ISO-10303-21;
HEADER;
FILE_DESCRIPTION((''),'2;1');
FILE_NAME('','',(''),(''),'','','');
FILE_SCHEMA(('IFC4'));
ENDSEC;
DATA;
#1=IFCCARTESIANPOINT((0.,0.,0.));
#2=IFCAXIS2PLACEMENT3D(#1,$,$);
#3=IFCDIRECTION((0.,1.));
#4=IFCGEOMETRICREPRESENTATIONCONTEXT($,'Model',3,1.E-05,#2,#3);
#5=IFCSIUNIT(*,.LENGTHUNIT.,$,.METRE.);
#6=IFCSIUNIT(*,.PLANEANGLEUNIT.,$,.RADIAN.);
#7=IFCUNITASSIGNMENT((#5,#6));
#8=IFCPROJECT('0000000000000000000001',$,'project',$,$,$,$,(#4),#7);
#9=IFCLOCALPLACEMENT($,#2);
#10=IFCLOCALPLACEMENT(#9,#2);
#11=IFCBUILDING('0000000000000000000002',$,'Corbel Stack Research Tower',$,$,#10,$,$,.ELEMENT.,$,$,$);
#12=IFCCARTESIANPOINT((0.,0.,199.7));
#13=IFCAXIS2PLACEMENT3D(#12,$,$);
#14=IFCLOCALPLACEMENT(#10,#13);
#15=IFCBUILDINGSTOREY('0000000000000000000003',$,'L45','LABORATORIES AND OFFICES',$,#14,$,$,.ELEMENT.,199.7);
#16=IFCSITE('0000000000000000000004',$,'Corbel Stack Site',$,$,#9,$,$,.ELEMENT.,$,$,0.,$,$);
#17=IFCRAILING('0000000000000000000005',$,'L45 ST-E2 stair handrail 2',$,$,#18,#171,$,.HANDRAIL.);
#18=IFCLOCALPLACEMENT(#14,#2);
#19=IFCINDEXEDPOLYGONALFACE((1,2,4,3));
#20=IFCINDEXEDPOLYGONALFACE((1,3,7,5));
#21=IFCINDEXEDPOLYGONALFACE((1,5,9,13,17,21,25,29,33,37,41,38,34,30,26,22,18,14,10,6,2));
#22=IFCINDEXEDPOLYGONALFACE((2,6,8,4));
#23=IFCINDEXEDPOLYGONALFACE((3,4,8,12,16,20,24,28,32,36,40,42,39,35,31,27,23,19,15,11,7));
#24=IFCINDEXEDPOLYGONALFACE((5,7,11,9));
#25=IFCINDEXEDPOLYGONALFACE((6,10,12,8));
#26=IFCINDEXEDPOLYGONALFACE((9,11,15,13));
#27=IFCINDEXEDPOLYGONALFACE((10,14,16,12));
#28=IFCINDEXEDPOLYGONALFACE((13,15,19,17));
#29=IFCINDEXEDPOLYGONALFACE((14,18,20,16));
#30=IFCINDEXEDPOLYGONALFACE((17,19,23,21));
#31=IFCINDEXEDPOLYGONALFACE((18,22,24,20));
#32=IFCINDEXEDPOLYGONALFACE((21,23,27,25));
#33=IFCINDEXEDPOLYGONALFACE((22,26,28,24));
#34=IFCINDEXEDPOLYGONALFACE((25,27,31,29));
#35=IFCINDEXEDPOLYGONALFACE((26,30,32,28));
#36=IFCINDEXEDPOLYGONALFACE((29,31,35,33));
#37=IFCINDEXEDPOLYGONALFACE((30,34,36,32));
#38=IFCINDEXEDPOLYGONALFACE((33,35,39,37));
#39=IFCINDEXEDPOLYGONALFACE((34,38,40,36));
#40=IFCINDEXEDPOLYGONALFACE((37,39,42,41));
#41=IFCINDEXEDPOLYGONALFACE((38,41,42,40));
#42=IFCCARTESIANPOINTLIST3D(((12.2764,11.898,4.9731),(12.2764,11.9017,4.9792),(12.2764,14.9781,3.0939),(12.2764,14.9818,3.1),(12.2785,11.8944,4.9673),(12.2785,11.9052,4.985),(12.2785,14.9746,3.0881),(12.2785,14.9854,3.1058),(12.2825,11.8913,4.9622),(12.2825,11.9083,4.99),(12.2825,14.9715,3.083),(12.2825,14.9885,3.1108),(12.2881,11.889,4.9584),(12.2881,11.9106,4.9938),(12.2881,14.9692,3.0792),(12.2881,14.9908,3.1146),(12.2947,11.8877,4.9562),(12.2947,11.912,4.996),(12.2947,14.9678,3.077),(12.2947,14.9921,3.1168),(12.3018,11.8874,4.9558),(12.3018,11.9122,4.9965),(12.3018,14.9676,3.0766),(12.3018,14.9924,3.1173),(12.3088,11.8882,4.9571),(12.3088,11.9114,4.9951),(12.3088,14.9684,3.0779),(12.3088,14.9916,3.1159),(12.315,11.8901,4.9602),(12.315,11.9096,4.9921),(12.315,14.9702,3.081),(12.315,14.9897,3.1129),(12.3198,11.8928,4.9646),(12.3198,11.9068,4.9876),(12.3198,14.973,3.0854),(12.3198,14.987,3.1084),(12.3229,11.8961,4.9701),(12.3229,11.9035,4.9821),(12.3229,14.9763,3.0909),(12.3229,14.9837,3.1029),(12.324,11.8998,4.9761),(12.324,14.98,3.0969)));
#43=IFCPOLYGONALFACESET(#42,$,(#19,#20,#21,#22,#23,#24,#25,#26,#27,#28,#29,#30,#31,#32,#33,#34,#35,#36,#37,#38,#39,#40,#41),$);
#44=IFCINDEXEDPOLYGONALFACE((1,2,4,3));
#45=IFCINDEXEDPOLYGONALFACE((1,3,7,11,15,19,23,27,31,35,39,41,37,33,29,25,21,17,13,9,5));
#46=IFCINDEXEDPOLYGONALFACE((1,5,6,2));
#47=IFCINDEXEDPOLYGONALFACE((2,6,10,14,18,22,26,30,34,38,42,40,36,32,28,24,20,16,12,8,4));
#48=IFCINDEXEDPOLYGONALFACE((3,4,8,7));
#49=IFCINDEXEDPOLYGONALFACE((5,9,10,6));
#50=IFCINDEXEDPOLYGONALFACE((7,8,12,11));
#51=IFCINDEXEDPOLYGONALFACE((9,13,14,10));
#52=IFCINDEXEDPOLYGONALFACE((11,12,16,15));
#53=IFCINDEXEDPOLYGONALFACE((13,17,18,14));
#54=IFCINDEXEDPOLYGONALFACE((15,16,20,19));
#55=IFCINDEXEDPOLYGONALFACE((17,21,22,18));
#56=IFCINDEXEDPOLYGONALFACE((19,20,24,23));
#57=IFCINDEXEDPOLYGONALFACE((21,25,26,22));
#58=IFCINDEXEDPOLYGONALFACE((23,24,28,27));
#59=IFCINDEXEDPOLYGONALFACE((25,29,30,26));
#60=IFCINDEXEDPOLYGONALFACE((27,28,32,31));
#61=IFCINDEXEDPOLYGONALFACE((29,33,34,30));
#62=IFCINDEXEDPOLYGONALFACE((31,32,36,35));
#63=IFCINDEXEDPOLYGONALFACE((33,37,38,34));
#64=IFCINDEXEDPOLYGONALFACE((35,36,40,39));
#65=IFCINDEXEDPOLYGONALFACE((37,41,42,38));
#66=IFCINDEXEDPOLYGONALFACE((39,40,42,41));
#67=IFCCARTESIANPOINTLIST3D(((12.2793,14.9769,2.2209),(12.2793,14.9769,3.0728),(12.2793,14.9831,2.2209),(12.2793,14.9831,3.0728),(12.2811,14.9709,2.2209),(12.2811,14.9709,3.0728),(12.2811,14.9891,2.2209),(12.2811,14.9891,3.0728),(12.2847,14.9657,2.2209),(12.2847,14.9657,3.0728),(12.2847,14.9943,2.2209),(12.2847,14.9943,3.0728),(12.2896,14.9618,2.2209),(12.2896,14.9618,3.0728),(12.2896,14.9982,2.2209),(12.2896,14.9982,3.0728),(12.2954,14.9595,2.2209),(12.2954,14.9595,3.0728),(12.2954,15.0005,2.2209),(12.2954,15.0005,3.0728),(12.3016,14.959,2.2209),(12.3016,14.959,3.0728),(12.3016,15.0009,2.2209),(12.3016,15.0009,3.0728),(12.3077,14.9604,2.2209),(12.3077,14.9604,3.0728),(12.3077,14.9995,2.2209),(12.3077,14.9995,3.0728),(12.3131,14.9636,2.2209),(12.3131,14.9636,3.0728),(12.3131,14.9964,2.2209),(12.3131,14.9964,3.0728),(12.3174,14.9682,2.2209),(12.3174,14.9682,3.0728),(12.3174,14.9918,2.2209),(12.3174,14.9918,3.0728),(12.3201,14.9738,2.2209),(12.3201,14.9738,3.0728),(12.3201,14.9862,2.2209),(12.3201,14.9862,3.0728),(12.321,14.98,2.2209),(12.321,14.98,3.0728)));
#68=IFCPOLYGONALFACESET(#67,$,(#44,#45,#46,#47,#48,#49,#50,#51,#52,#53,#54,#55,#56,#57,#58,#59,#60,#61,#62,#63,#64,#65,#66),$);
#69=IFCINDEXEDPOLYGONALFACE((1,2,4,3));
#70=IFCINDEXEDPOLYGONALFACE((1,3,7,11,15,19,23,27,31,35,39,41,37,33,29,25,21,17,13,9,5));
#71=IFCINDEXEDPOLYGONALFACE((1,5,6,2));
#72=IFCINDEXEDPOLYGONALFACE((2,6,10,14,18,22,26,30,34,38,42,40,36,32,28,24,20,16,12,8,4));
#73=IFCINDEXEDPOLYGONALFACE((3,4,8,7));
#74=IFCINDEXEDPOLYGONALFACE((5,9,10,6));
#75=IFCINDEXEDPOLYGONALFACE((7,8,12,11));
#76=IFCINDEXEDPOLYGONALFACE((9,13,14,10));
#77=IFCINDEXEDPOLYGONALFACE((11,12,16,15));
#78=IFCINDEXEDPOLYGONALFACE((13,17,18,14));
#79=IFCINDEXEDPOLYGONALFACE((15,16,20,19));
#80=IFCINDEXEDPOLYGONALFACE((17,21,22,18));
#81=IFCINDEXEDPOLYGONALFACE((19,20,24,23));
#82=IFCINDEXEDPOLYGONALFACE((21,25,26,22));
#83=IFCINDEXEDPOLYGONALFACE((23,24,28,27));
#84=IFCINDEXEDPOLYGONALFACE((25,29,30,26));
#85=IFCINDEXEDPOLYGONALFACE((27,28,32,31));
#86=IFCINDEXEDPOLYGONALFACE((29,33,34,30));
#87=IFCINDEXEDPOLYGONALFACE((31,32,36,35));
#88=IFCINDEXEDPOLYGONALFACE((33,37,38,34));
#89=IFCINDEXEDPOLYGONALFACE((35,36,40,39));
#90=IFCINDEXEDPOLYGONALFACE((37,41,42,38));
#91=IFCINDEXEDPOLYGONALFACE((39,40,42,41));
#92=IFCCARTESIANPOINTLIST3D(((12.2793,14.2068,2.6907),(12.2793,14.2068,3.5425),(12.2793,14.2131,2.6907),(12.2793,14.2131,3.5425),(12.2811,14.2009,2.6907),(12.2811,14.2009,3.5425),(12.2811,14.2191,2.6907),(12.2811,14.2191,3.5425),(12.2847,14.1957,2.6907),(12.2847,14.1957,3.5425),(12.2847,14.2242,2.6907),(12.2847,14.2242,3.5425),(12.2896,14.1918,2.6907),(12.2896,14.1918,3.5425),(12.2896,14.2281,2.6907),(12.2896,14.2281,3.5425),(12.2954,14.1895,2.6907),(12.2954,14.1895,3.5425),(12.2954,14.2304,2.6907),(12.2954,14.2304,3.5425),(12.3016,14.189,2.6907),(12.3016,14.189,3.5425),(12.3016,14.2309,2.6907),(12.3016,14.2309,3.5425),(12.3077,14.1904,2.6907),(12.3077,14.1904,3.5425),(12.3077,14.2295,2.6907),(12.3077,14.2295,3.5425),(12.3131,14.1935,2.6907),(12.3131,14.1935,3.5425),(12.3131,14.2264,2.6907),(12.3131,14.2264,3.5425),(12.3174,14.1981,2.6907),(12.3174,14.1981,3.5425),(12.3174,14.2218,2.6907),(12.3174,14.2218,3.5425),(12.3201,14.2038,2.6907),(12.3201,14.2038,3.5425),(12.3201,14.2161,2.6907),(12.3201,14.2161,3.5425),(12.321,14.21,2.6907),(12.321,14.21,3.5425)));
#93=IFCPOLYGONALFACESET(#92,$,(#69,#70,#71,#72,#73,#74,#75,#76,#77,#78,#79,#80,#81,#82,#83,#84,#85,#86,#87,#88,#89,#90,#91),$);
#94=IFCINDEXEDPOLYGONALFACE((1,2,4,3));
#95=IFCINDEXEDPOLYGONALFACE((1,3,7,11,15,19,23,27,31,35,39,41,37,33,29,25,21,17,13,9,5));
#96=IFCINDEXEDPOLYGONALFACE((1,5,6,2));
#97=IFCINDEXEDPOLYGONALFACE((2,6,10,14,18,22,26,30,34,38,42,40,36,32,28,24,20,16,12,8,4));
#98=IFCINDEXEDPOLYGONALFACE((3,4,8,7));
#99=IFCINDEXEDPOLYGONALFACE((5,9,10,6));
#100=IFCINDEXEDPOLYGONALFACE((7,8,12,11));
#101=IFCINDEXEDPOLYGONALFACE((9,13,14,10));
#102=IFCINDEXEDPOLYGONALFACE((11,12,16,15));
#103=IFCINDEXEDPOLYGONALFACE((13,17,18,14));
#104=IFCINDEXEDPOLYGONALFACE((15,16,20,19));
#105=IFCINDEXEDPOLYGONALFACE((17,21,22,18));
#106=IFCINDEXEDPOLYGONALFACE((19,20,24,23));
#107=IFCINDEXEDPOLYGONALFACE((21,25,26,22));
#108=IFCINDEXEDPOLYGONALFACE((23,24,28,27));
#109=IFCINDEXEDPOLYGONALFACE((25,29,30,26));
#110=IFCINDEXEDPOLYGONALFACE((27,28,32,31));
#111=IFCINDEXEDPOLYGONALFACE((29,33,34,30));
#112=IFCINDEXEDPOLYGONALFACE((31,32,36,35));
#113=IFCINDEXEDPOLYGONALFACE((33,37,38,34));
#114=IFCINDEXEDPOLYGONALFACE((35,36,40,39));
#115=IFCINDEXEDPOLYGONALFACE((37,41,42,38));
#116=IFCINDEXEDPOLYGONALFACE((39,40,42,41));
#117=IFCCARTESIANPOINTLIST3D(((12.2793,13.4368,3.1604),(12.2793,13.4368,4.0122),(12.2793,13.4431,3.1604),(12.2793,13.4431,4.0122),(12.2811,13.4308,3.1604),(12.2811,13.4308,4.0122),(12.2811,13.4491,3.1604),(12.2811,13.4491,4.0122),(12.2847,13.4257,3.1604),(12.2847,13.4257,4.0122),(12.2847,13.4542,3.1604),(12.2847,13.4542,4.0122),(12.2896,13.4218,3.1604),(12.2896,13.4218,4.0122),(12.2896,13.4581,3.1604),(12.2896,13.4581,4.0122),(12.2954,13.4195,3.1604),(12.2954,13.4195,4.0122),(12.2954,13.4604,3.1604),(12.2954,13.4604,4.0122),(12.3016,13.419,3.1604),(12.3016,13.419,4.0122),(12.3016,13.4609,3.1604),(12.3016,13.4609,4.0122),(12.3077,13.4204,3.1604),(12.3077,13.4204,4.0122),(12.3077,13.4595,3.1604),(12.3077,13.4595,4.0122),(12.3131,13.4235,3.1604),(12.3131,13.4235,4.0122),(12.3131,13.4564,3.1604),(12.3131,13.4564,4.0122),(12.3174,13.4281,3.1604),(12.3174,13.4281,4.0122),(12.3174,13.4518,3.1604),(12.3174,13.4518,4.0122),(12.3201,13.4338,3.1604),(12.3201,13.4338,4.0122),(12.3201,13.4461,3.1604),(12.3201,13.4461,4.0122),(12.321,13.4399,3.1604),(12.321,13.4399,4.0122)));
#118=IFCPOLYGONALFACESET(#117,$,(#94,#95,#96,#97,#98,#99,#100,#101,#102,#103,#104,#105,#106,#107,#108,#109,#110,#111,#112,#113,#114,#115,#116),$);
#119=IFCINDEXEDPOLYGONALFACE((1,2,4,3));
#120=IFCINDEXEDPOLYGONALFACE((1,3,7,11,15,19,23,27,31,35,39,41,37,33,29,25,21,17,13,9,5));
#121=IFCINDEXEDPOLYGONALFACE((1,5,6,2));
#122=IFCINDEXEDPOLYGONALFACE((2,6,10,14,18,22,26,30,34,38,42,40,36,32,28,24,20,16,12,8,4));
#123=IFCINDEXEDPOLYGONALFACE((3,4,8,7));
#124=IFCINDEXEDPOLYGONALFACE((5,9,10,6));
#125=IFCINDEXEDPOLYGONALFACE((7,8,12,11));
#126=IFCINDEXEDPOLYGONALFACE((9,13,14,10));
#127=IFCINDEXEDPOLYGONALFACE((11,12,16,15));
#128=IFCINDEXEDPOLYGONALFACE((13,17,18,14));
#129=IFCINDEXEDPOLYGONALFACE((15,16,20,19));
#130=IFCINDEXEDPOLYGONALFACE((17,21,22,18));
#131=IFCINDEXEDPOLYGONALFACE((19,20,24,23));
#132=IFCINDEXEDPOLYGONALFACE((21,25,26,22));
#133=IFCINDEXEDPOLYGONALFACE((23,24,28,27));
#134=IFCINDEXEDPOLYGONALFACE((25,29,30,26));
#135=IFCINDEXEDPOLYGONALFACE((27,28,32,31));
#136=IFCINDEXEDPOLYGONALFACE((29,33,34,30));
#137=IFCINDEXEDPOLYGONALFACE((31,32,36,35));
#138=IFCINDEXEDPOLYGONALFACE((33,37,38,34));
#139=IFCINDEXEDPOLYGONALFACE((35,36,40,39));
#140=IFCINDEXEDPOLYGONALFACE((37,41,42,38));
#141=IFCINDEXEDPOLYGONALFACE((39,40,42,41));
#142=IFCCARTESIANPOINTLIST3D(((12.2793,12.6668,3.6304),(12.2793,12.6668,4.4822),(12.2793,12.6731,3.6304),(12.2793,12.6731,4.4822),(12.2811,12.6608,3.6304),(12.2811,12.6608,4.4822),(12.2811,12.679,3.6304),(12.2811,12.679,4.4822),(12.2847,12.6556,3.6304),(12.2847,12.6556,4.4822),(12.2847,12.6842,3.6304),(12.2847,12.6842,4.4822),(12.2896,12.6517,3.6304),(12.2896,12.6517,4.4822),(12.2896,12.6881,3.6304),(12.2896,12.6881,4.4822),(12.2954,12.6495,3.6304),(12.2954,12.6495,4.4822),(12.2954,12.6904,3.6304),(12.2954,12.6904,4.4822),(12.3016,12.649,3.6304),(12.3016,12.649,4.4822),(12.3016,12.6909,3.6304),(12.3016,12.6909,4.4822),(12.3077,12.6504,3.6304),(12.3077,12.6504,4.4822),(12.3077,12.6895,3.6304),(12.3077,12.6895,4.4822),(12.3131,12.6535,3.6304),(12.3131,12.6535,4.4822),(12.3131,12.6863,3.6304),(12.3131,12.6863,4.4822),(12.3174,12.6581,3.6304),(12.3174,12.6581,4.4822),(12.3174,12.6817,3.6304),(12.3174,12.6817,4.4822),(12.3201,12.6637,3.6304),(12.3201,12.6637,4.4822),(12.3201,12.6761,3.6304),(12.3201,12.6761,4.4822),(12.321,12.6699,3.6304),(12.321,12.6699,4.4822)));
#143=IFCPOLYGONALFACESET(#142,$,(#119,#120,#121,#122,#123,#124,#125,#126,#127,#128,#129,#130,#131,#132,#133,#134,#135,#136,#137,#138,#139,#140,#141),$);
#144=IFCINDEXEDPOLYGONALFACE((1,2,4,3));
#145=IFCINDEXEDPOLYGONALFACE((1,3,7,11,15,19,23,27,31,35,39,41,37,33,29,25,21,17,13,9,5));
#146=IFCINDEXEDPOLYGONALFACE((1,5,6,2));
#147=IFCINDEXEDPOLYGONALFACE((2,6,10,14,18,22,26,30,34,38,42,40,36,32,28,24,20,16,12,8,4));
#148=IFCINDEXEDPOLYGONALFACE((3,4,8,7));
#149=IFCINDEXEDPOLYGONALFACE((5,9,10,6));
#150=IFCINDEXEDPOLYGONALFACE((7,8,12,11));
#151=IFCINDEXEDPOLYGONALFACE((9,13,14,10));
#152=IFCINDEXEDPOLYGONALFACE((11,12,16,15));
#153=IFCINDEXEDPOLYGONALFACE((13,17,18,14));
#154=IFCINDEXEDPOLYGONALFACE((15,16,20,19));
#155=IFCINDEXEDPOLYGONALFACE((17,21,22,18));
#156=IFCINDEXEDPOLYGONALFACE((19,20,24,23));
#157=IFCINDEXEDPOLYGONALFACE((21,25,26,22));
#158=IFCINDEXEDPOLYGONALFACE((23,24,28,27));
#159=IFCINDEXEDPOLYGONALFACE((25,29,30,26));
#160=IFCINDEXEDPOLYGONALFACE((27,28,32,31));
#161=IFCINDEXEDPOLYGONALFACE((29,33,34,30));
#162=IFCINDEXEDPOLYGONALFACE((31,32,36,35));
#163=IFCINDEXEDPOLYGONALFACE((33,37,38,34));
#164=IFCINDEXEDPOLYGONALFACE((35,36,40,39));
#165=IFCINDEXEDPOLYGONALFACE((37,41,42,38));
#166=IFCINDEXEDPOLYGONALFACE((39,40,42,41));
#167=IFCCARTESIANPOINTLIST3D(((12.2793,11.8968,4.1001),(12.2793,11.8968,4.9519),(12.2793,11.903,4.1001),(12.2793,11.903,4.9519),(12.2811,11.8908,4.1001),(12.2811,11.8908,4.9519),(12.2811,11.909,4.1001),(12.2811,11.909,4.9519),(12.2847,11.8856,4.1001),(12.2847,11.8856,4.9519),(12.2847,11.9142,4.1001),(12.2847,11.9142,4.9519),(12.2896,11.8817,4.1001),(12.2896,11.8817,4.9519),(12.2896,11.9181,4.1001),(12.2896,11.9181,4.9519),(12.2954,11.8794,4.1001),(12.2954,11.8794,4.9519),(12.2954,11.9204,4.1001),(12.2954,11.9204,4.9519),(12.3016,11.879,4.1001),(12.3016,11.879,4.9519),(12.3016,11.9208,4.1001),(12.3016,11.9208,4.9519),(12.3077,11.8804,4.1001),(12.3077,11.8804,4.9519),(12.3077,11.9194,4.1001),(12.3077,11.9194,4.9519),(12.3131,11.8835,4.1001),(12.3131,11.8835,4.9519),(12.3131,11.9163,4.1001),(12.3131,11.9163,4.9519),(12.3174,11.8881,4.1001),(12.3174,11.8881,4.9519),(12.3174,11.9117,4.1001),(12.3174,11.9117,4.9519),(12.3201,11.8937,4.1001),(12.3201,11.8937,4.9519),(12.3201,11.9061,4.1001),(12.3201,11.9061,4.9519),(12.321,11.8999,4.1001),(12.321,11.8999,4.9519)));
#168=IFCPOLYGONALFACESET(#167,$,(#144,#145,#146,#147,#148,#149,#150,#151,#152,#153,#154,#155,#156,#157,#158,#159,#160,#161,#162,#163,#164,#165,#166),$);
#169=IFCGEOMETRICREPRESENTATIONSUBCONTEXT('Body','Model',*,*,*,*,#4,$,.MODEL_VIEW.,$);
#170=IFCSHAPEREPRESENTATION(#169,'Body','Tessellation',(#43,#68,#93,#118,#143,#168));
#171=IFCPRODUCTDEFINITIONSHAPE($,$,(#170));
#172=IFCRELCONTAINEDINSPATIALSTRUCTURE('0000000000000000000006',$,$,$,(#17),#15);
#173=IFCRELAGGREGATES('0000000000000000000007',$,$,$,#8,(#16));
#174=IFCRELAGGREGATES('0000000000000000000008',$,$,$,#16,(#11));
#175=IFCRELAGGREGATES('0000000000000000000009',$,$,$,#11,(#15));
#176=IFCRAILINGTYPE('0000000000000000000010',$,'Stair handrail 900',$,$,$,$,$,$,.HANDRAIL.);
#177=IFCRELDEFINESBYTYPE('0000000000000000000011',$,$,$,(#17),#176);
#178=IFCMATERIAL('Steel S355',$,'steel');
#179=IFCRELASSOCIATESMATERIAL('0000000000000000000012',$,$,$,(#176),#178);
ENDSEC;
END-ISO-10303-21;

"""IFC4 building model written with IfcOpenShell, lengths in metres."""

from ifc_helpers import new_model, si_unit, direction, frame, origin, origin_2d, place, context, subcontext, project, spatial, circle, extrude, material, type_object, element, save


model = new_model("IFC4")

# Units and contexts
model_context = context("Model", 3, precision=1e-05, world=origin(), true_north=direction((0.0, 1.0)))
body_context = subcontext(model_context, "Body", "Model", "MODEL_VIEW")
ifc_project = project(units=[si_unit("LENGTHUNIT", "METRE"), si_unit("PLANEANGLEUNIT", "RADIAN")], contexts=[model_context])

# Site, building, storey
site_placement = place(None, origin())
site = spatial("IfcSite", under=ifc_project, at=site_placement, Name="Corbel Stack Site", CompositionType="ELEMENT", RefElevation=0.0)
building_placement = place(site_placement, origin())
building = spatial("IfcBuilding", under=site, at=building_placement, Name="Corbel Stack Research Tower", CompositionType="ELEMENT")
storey_placement = place(building_placement, frame((0.0, 0.0, 199.7)))
storey = spatial("IfcBuildingStorey", under=building, at=storey_placement, Name="L45", Description="LABORATORIES AND OFFICES", CompositionType="ELEMENT", Elevation=199.7)

# Railing
ifc_material_1 = material(Name="Steel S355", Category="steel")
railing_type_1 = type_object("IfcRailingType", Name="Stair handrail 900", PredefinedType="HANDRAIL", material=ifc_material_1)
railing_1_placement = place(storey_placement, frame((12.3, 14.98, 2.2209)))
element("IfcRailing", 1, at=railing_1_placement, inside=storey, type_object=railing_type_1, Name="L45 ST-E2 stair handrail 2", PredefinedType="HANDRAIL", context=body_context, shape_type="SweptSolid", body=[
    extrude(circle(Radius=0.0239, at=origin_2d()), frame((0.0, 0.0, 0.876), z_axis=(0.0, -0.853666, 0.52082), x_axis=(1.0, 0.0, 0.0)), (0.0, 0.0, 1.0), 3.6082),
    extrude(circle(Radius=0.021, at=origin_2d()), origin(), (0.0, 0.0, 1.0), 0.8518),
    extrude(circle(Radius=0.021, at=origin_2d()), frame((0.0, -0.77, 0.4697)), (0.0, 0.0, 1.0), 0.8518),
    extrude(circle(Radius=0.021, at=origin_2d()), frame((0.0, -1.54, 0.9395)), (0.0, 0.0, 1.0), 0.8518),
    extrude(circle(Radius=0.021, at=origin_2d()), frame((0.0, -2.3101, 1.4094)), (0.0, 0.0, 1.0), 0.8518),
    extrude(circle(Radius=0.021, at=origin_2d()), frame((0.0, -3.0801, 1.8792)), (0.0, 0.0, 1.0), 0.8518),
])

save(model, "model.ifc")
